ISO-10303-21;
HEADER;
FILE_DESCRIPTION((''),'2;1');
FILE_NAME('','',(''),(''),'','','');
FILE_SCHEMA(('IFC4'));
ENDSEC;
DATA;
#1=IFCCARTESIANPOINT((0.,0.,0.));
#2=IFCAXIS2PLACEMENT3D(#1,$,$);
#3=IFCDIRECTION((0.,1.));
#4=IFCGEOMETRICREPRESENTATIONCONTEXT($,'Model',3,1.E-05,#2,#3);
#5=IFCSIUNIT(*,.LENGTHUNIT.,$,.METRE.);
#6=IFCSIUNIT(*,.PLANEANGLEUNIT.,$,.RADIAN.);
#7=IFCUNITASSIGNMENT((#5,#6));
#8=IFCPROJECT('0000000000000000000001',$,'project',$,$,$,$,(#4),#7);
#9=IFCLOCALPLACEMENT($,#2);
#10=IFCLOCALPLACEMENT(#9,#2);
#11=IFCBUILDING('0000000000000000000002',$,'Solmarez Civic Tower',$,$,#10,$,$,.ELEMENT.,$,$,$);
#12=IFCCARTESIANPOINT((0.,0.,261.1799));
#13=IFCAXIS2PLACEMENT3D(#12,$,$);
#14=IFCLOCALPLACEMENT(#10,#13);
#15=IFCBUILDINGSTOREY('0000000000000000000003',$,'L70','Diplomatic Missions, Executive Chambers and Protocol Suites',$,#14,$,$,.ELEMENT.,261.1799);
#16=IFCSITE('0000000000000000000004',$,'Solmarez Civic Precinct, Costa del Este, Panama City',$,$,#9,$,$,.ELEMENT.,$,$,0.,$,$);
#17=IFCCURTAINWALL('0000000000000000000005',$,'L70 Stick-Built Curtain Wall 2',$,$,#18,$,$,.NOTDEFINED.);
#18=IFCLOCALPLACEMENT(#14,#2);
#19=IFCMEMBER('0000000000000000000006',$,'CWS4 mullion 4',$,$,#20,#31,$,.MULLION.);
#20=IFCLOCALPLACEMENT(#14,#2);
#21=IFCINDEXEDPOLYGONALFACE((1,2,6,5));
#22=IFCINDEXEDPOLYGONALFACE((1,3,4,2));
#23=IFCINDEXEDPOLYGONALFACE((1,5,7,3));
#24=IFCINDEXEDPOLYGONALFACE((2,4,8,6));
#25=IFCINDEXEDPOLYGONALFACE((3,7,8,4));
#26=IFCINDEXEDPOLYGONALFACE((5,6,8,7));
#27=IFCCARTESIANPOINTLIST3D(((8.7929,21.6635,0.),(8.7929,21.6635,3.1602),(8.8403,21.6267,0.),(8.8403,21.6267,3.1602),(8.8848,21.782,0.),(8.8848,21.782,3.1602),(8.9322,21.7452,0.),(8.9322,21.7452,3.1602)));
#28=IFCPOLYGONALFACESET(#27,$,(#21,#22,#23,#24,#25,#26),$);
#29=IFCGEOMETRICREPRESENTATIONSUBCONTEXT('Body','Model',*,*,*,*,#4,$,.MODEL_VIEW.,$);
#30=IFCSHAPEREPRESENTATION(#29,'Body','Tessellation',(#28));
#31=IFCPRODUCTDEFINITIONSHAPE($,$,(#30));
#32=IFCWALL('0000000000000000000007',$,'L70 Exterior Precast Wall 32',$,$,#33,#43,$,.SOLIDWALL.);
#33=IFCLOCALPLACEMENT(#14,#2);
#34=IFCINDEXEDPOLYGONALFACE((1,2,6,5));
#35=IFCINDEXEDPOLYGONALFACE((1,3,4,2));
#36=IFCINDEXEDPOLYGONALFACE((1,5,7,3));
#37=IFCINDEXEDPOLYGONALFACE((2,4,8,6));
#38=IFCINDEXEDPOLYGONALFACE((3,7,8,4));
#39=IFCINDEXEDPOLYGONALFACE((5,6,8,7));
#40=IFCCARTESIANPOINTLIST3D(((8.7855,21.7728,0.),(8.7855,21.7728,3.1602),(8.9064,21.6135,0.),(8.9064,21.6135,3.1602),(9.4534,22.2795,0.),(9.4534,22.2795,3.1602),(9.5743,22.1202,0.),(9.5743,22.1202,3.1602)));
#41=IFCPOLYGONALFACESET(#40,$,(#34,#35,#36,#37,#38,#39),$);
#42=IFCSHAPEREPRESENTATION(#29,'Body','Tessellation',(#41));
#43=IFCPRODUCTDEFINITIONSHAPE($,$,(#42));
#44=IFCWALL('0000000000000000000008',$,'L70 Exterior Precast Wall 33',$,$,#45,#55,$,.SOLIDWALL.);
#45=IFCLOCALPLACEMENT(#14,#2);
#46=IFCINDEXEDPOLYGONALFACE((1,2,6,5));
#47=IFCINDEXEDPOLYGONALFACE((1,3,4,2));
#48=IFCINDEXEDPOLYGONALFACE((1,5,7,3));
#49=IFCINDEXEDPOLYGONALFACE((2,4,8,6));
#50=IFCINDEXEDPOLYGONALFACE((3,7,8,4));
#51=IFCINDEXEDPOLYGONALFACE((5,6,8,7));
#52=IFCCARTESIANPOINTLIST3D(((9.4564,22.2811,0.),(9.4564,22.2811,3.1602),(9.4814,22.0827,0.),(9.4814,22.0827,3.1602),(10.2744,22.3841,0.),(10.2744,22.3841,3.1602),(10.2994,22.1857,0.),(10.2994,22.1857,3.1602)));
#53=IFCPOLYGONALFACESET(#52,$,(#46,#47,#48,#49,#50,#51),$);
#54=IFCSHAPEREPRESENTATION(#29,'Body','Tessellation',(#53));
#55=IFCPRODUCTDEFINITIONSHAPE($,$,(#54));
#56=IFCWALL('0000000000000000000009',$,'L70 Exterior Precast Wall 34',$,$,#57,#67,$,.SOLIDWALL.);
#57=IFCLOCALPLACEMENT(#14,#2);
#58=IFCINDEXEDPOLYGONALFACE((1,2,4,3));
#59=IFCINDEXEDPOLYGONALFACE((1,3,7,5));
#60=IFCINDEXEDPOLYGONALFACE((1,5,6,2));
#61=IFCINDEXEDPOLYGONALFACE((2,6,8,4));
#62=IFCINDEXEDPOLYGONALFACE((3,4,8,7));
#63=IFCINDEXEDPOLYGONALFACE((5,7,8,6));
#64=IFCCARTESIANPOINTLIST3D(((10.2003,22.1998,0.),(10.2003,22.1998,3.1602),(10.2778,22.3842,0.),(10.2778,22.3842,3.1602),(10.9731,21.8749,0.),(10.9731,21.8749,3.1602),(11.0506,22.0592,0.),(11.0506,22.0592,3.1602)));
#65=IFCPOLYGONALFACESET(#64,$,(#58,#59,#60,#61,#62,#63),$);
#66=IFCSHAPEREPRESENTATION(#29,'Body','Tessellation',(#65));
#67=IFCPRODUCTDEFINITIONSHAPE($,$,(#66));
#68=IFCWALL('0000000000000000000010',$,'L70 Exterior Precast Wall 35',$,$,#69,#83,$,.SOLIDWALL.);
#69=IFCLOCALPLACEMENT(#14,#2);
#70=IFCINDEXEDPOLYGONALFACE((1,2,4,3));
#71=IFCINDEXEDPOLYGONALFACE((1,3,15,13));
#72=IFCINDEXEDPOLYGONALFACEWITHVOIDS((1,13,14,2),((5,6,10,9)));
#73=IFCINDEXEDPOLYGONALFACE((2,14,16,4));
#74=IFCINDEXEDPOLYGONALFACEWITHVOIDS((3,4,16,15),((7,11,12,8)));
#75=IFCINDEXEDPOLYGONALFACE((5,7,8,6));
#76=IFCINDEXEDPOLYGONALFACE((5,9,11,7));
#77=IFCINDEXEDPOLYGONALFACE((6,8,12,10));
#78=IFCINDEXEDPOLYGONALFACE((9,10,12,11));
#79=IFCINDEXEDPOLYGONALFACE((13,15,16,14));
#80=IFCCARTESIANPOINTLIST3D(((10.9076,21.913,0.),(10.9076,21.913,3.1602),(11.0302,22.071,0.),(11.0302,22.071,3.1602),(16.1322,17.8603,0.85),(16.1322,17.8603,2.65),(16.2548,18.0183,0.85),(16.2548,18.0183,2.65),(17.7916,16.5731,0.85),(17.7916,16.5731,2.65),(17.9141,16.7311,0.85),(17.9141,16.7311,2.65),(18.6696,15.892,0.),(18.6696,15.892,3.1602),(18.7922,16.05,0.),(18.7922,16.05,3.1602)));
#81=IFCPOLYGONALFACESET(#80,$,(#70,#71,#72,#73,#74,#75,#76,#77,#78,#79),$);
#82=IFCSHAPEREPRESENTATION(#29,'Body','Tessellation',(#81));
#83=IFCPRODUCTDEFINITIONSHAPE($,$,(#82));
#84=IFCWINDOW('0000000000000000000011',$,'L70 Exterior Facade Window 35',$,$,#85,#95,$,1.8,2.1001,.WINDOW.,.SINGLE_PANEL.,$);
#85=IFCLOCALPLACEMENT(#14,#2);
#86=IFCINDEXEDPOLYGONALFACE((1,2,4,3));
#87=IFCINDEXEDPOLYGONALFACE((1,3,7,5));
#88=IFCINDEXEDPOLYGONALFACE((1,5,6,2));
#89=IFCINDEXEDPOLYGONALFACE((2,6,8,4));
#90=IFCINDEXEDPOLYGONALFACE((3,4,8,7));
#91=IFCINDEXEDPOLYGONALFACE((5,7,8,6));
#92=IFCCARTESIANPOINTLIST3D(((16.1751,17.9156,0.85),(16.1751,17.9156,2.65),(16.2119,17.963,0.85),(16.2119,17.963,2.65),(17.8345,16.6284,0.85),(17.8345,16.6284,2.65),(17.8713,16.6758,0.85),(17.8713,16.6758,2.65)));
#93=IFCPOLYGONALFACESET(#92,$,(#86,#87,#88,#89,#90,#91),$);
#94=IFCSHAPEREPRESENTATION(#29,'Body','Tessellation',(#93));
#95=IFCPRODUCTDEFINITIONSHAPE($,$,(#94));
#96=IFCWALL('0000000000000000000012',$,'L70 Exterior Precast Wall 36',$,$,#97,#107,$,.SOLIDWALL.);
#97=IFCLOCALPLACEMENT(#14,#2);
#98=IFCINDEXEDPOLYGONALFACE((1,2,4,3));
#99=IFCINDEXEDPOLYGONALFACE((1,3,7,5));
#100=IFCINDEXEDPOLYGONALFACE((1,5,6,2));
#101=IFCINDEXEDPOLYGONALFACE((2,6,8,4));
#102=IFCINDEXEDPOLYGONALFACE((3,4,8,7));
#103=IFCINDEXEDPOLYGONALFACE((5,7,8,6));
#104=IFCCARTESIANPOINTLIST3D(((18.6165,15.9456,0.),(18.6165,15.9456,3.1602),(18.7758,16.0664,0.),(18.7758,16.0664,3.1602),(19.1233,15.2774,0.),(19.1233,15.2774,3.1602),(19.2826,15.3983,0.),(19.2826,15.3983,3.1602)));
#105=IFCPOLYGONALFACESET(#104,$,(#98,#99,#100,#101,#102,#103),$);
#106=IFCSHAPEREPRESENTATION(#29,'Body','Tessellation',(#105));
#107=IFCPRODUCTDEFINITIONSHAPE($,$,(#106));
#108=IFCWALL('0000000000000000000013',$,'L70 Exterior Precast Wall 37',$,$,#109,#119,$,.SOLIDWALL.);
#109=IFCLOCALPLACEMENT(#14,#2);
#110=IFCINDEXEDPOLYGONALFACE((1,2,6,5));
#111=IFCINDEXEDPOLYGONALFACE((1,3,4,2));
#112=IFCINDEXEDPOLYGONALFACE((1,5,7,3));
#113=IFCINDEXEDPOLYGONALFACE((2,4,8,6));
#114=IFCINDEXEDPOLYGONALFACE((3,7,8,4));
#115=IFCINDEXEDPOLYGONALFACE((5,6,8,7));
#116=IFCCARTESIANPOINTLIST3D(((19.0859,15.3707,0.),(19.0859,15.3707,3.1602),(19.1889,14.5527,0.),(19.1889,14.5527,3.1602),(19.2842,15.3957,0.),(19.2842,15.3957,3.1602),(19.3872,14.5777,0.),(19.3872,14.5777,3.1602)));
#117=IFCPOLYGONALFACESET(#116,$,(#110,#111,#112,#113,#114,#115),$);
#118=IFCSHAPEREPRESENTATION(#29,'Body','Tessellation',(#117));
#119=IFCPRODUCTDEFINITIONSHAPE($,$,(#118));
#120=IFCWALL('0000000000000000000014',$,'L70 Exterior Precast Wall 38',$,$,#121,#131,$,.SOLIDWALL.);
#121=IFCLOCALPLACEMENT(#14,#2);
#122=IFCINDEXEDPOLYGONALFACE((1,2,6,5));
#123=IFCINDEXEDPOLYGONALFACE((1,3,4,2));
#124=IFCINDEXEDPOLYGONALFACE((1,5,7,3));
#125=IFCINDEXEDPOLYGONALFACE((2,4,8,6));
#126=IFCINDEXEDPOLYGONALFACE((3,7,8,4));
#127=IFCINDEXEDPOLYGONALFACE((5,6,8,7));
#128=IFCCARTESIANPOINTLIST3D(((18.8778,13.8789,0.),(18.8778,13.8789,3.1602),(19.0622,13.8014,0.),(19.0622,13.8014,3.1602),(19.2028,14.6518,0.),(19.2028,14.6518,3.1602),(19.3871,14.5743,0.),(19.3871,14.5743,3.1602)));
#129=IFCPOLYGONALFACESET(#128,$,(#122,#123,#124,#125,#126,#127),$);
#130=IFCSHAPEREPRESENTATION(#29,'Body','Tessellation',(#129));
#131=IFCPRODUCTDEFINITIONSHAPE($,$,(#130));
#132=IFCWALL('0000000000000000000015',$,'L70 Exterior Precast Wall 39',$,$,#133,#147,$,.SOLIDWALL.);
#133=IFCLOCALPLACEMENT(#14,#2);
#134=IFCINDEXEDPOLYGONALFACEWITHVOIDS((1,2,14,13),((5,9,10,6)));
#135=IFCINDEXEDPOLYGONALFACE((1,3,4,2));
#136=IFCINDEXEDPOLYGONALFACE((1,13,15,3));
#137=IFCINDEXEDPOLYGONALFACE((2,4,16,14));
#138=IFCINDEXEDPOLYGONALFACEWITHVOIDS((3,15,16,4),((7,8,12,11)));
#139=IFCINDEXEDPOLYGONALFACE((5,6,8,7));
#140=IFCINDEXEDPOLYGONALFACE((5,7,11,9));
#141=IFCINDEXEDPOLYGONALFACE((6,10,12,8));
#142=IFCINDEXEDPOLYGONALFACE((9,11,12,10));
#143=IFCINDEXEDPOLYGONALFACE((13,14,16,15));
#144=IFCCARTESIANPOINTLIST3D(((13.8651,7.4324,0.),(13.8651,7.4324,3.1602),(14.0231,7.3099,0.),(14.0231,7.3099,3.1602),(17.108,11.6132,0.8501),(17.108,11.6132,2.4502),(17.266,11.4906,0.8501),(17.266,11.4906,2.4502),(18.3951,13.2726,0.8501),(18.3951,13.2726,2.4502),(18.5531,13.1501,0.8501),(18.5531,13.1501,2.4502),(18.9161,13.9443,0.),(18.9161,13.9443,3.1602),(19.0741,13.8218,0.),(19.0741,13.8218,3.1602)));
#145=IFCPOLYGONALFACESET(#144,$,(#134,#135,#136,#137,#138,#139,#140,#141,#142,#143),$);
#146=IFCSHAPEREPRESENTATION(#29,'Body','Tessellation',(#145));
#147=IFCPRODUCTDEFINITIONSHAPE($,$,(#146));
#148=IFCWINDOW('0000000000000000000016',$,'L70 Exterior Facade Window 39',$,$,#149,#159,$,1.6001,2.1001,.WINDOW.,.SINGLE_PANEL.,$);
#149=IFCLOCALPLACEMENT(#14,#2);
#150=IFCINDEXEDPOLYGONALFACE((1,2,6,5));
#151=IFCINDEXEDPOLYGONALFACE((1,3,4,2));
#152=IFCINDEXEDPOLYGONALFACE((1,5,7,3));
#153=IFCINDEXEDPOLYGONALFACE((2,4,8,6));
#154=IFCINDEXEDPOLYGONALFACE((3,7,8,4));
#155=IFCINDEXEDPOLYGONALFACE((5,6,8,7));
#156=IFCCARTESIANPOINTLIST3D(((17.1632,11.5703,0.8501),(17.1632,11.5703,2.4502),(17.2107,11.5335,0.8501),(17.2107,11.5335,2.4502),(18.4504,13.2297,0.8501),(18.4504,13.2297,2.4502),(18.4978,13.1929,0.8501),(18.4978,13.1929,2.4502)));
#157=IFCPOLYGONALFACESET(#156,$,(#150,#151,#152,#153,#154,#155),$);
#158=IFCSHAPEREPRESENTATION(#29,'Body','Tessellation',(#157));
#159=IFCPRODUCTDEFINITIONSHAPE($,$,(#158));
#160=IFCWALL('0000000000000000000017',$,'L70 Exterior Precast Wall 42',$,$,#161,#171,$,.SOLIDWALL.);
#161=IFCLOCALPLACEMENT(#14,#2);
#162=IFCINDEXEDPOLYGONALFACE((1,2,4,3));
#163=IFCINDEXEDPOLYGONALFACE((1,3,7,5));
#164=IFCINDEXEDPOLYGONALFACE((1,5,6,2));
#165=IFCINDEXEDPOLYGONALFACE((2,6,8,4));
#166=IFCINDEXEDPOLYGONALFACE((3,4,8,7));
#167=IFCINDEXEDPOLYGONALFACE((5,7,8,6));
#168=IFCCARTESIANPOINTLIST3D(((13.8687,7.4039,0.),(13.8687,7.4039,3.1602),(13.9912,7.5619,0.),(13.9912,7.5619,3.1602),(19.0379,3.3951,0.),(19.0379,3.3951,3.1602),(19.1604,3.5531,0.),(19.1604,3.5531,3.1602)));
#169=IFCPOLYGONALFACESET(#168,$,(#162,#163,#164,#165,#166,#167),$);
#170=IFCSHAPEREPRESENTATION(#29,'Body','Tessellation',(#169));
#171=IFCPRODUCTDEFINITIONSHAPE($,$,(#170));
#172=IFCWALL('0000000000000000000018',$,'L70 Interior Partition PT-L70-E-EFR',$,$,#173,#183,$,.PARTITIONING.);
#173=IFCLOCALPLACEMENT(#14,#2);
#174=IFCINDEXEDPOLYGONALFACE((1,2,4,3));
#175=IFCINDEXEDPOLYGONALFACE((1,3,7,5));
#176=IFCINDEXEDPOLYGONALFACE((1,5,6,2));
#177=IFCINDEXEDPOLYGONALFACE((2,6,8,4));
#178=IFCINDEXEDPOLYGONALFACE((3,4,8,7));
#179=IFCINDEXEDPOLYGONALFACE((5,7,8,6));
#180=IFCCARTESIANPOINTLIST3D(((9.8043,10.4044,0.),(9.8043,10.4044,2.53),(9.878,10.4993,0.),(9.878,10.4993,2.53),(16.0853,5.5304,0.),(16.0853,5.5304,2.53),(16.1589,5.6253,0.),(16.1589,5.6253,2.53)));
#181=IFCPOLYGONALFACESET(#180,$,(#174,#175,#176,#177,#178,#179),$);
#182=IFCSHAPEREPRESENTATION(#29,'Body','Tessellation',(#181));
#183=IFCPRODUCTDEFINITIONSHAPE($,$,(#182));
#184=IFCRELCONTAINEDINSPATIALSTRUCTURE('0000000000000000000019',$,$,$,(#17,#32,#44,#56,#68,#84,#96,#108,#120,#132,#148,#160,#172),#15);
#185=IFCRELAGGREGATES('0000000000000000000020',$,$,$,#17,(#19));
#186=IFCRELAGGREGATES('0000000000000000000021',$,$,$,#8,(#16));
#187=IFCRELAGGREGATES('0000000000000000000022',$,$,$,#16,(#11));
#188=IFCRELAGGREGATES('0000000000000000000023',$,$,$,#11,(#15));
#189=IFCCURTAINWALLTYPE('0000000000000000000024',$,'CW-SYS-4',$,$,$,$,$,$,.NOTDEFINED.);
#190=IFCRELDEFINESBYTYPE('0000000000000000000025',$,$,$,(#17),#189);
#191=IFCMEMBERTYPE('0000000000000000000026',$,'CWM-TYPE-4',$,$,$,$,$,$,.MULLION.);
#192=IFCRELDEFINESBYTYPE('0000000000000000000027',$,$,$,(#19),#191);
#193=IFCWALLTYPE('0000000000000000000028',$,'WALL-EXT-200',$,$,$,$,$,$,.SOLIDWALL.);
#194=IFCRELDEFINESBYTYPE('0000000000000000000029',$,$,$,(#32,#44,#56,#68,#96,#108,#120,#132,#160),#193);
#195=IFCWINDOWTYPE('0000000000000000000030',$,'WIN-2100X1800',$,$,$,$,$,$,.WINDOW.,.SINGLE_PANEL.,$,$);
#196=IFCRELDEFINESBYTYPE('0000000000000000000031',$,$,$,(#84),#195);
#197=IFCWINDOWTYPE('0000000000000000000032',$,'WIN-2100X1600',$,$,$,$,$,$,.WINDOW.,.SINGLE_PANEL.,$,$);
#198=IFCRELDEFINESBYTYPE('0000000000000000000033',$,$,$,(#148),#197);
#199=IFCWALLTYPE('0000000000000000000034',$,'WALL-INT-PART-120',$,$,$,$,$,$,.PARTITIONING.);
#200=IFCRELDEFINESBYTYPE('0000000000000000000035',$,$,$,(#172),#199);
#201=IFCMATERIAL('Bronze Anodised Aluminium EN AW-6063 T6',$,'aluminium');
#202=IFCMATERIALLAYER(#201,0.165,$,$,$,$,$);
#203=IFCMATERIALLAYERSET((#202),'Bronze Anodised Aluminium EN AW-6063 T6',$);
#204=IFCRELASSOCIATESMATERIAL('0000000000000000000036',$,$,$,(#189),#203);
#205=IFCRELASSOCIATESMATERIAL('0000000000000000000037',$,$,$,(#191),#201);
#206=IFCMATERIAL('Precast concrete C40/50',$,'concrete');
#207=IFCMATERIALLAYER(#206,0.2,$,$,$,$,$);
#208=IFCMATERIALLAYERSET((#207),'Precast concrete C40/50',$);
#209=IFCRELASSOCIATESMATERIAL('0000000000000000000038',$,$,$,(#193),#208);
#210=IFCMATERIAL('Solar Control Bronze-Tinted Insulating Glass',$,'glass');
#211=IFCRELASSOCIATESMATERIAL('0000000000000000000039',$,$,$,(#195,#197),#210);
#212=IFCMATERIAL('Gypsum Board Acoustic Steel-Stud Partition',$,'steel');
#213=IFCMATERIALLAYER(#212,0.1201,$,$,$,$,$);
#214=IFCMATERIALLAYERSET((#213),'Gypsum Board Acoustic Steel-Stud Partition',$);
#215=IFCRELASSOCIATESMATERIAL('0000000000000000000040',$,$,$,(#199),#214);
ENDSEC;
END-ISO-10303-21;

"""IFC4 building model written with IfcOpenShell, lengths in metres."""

from ifc_helpers import new_model, si_unit, direction, frame, frame_2d, origin, origin_2d, place, context, subcontext, project, spatial, rectangle, extrude, material, layer, layer_set, material_profile, profile_set, type_object, element, fill, aggregate, save


model = new_model("IFC4")

# Units and contexts
model_context = context("Model", 3, precision=1e-05, world=origin(), true_north=direction((0.0, 1.0)))
body_context = subcontext(model_context, "Body", "Model", "MODEL_VIEW")
ifc_project = project(units=[si_unit("LENGTHUNIT", "METRE"), si_unit("PLANEANGLEUNIT", "RADIAN")], contexts=[model_context])

# Site, building, storey
site_placement = place(None, origin())
site = spatial("IfcSite", under=ifc_project, at=site_placement, Name="Solmarez Civic Precinct, Costa del Este, Panama City", CompositionType="ELEMENT", RefElevation=0.0)
building_placement = place(site_placement, origin())
building = spatial("IfcBuilding", under=site, at=building_placement, Name="Solmarez Civic Tower", CompositionType="ELEMENT")
storey_placement = place(building_placement, frame((0.0, 0.0, 261.1799)))
storey = spatial("IfcBuildingStorey", under=building, at=storey_placement, Name="L70", Description="Diplomatic Missions, Executive Chambers and Protocol Suites", CompositionType="ELEMENT", Elevation=261.1799)

# Curtain wall, member
ifc_material_1 = material(Name="Bronze Anodised Aluminium EN AW-6063 T6", Category="aluminium")
ifc_layer_1 = layer(ifc_material_1, 0.165)
ifc_layer_set_1 = layer_set([ifc_layer_1], Name="Bronze Anodised Aluminium EN AW-6063 T6")
curtain_wall_type = type_object("IfcCurtainWallType", Name="CW-SYS-4", PredefinedType="NOTDEFINED", material=ifc_layer_set_1)
curtain_wall_placement = place(storey_placement, origin())
curtain_wall = element("IfcCurtainWall", 1, at=curtain_wall_placement, inside=storey, type_object=curtain_wall_type, Name="L70 Stick-Built Curtain Wall 2", PredefinedType="NOTDEFINED")
ifc_material_profile_1 = material_profile(ifc_material_1, rectangle(XDim=0.0601, YDim=0.1499, at=origin_2d()), Name="CWM-60X150")
ifc_profile_set_1 = profile_set([ifc_material_profile_1], Name="Bronze Anodised Aluminium EN AW-6063 T6")
member_type = type_object("IfcMemberType", Name="CWM-TYPE-4", PredefinedType="MULLION", material=ifc_profile_set_1)
member_placement = place(storey_placement, frame((8.8625, 21.7043, 0.0), z_axis=(0.0, 0.0, 1.0), x_axis=(-0.790155, 0.612907, 0.0)))
member = element("IfcMember", 2, at=member_placement, type_object=member_type, Name="CWS4 mullion 4", PredefinedType="MULLION", context=body_context, shape_type="SweptSolid", body=[
    extrude(rectangle(XDim=0.0601, YDim=0.1499, at=origin_2d()), origin(), (0.0, 0.0, 1.0), 3.1602),
])
aggregate(curtain_wall, [member])

# Walls
ifc_material_2 = material(Name="Precast concrete C40/50", Category="concrete")
ifc_layer_2 = layer(ifc_material_2, 0.2)
ifc_layer_set_2 = layer_set([ifc_layer_2], Name="Precast concrete C40/50")
wall_type_1 = type_object("IfcWallType", Name="WALL-EXT-200", PredefinedType="SOLIDWALL", material=ifc_layer_set_2)
wall_1_placement = place(storey_placement, frame((8.8459, 21.6931, 0.0), z_axis=(0.0, 0.0, 1.0), x_axis=(0.796633, 0.604463, 0.0)))
element("IfcWall", 3, at=wall_1_placement, inside=storey, type_object=wall_type_1, Name="L70 Exterior Precast Wall 32", PredefinedType="SOLIDWALL", context=body_context, shape_type="SweptSolid", body=[
    extrude(rectangle(XDim=0.8384, YDim=0.2, at=frame_2d((0.4192, 0.0))), origin(), (0.0, 0.0, 1.0), 3.1602),
])
wall_2_placement = place(storey_placement, frame((9.469, 22.1819, 0.0), z_axis=(0.0, 0.0, 1.0), x_axis=(0.992164, 0.124946, 0.0)))
element("IfcWall", 4, at=wall_2_placement, inside=storey, type_object=wall_type_1, Name="L70 Exterior Precast Wall 33", PredefinedType="SOLIDWALL", context=body_context, shape_type="SweptSolid", body=[
    extrude(rectangle(XDim=0.8245, YDim=0.2, at=frame_2d((0.4121, 0.0))), origin(), (0.0, 0.0, 1.0), 3.1602),
])
wall_3_placement = place(storey_placement, frame((10.239, 22.292, 0.0), z_axis=(0.0, 0.0, 1.0), x_axis=(0.921849, -0.387549, 0.0)))
element("IfcWall", 5, at=wall_3_placement, inside=storey, type_object=wall_type_1, Name="L70 Exterior Precast Wall 34", PredefinedType="SOLIDWALL", context=body_context, shape_type="SweptSolid", body=[
    extrude(rectangle(XDim=0.8384, YDim=0.2, at=frame_2d((0.4192, 0.0))), origin(), (0.0, 0.0, 1.0), 3.1602),
])

# Wall, opening, window
wall_4_placement = place(storey_placement, frame((10.969, 21.9919, 0.0), z_axis=(0.0, 0.0, 1.0), x_axis=(0.790145, -0.61292, 0.0)))
wall_4 = element("IfcWall", 6, at=wall_4_placement, inside=storey, type_object=wall_type_1, Name="L70 Exterior Precast Wall 35", PredefinedType="SOLIDWALL", context=body_context, shape_type="SweptSolid", body=[
    extrude(rectangle(XDim=9.8235, YDim=0.2, at=frame_2d((4.9116, 0.0))), origin(), (0.0, 0.0, 1.0), 3.1602),
])
opening_1_placement = place(wall_4_placement, frame((6.6121, 0.0, 0.8501)))
opening_1 = element("IfcOpeningElement", 7, at=opening_1_placement, cuts=wall_4, PredefinedType="OPENING", context=body_context, shape_type="SweptSolid", body=[
    extrude(rectangle(XDim=2.1001, YDim=1.8, at=frame_2d((1.05, 0.8999))), frame((0.0, 0.1099, 0.0), z_axis=(0.0, -1.0, 0.0), x_axis=(1.0, 0.0, 0.0)), (0.0, 0.0, 1.0), 0.22),
])
ifc_material_3 = material(Name="Solar Control Bronze-Tinted Insulating Glass", Category="glass")
window_type_1 = type_object("IfcWindowType", Name="WIN-2100X1800", PartitioningType="SINGLE_PANEL", PredefinedType="WINDOW", material=ifc_material_3)
window_1_placement = place(opening_1_placement, origin())
window_1 = element("IfcWindow", 8, at=window_1_placement, inside=storey, type_object=window_type_1, Name="L70 Exterior Facade Window 35", OverallHeight=1.8, OverallWidth=2.1001, PartitioningType="SINGLE_PANEL", PredefinedType="WINDOW", context=body_context, shape_type="SweptSolid", body=[
    extrude(rectangle(XDim=2.1001, YDim=1.8, at=frame_2d((1.05, 0.8999))), frame((0.0, 0.03, 0.0), z_axis=(0.0, -1.0, 0.0), x_axis=(1.0, 0.0, 0.0)), (0.0, 0.0, 1.0), 0.0601),
])
fill(opening_1, window_1)

# Walls
wall_5_placement = place(storey_placement, frame((18.696, 16.0061, 0.0), z_axis=(0.0, 0.0, 1.0), x_axis=(0.604323, -0.79674, 0.0)))
element("IfcWall", 9, at=wall_5_placement, inside=storey, type_object=wall_type_1, Name="L70 Exterior Precast Wall 36", PredefinedType="SOLIDWALL", context=body_context, shape_type="SweptSolid", body=[
    extrude(rectangle(XDim=0.8386, YDim=0.2, at=frame_2d((0.4194, 0.0))), origin(), (0.0, 0.0, 1.0), 3.1602),
])
wall_6_placement = place(storey_placement, frame((19.1851, 15.3831, 0.0), z_axis=(0.0, 0.0, 1.0), x_axis=(0.124946, -0.992164, 0.0)))
element("IfcWall", 10, at=wall_6_placement, inside=storey, type_object=wall_type_1, Name="L70 Exterior Precast Wall 37", PredefinedType="SOLIDWALL", context=body_context, shape_type="SweptSolid", body=[
    extrude(rectangle(XDim=0.8245, YDim=0.2, at=frame_2d((0.4121, 0.0))), origin(), (0.0, 0.0, 1.0), 3.1602),
])
wall_7_placement = place(storey_placement, frame((19.2949, 14.613, 0.0), z_axis=(0.0, 0.0, 1.0), x_axis=(-0.387549, -0.921849, 0.0)))
element("IfcWall", 11, at=wall_7_placement, inside=storey, type_object=wall_type_1, Name="L70 Exterior Precast Wall 38", PredefinedType="SOLIDWALL", context=body_context, shape_type="SweptSolid", body=[
    extrude(rectangle(XDim=0.8384, YDim=0.2, at=frame_2d((0.4192, 0.0))), origin(), (0.0, 0.0, 1.0), 3.1602),
])

# Wall, opening, window
wall_8_placement = place(storey_placement, frame((18.9951, 13.8831, 0.0), z_axis=(0.0, 0.0, 1.0), x_axis=(-0.612894, -0.790165, 0.0)))
wall_8 = element("IfcWall", 12, at=wall_8_placement, inside=storey, type_object=wall_type_1, Name="L70 Exterior Precast Wall 39", PredefinedType="SOLIDWALL", context=body_context, shape_type="SweptSolid", body=[
    extrude(rectangle(XDim=8.2412, YDim=0.2, at=frame_2d((4.1206, 0.0))), origin(), (0.0, 0.0, 1.0), 3.1602),
])
opening_2_placement = place(wall_8_placement, frame((0.8501, 0.0, 0.8501)))
opening_2 = element("IfcOpeningElement", 13, at=opening_2_placement, cuts=wall_8, PredefinedType="OPENING", context=body_context, shape_type="SweptSolid", body=[
    extrude(rectangle(XDim=2.1001, YDim=1.6001, at=frame_2d((1.05, 0.8))), frame((0.0, 0.1099, 0.0), z_axis=(0.0, -1.0, 0.0), x_axis=(1.0, 0.0, 0.0)), (0.0, 0.0, 1.0), 0.22),
])
window_type_2 = type_object("IfcWindowType", Name="WIN-2100X1600", PartitioningType="SINGLE_PANEL", PredefinedType="WINDOW", material=ifc_material_3)
window_2_placement = place(opening_2_placement, origin())
window_2 = element("IfcWindow", 14, at=window_2_placement, inside=storey, type_object=window_type_2, Name="L70 Exterior Facade Window 39", OverallHeight=1.6001, OverallWidth=2.1001, PartitioningType="SINGLE_PANEL", PredefinedType="WINDOW", context=body_context, shape_type="SweptSolid", body=[
    extrude(rectangle(XDim=2.1001, YDim=1.6001, at=frame_2d((1.05, 0.8))), frame((0.0, 0.03, 0.0), z_axis=(0.0, -1.0, 0.0), x_axis=(1.0, 0.0, 0.0)), (0.0, 0.0, 1.0), 0.0601),
])
fill(opening_2, window_2)

# Walls
wall_9_placement = place(storey_placement, frame((13.9299, 7.4829, 0.0), z_axis=(0.0, 0.0, 1.0), x_axis=(0.790218, -0.612826, 0.0)))
element("IfcWall", 15, at=wall_9_placement, inside=storey, type_object=wall_type_1, Name="L70 Exterior Precast Wall 42", PredefinedType="SOLIDWALL", context=body_context, shape_type="SweptSolid", body=[
    extrude(rectangle(XDim=6.5415, YDim=0.2, at=frame_2d((3.2708, 0.0))), origin(), (0.0, 0.0, 1.0), 3.1602),
])
ifc_material_4 = material(Name="Gypsum Board Acoustic Steel-Stud Partition", Category="steel")
ifc_layer_3 = layer(ifc_material_4, 0.1201)
ifc_layer_set_3 = layer_set([ifc_layer_3], Name="Gypsum Board Acoustic Steel-Stud Partition")
wall_type_2 = type_object("IfcWallType", Name="WALL-INT-PART-120", PredefinedType="PARTITIONING", material=ifc_layer_set_3)
wall_10_placement = place(storey_placement, frame((16.1221, 5.5779, 0.0), z_axis=(0.0, 0.0, 1.0), x_axis=(-0.790035, 0.613062, 0.0)))
element("IfcWall", 16, at=wall_10_placement, inside=storey, type_object=wall_type_2, Name="L70 Interior Partition PT-L70-E-EFR", PredefinedType="PARTITIONING", context=body_context, shape_type="SweptSolid", body=[
    extrude(rectangle(XDim=7.9502, YDim=0.1201, at=frame_2d((3.9751, 0.0))), origin(), (0.0, 0.0, 1.0), 2.53),
])

save(model, "model.ifc")
